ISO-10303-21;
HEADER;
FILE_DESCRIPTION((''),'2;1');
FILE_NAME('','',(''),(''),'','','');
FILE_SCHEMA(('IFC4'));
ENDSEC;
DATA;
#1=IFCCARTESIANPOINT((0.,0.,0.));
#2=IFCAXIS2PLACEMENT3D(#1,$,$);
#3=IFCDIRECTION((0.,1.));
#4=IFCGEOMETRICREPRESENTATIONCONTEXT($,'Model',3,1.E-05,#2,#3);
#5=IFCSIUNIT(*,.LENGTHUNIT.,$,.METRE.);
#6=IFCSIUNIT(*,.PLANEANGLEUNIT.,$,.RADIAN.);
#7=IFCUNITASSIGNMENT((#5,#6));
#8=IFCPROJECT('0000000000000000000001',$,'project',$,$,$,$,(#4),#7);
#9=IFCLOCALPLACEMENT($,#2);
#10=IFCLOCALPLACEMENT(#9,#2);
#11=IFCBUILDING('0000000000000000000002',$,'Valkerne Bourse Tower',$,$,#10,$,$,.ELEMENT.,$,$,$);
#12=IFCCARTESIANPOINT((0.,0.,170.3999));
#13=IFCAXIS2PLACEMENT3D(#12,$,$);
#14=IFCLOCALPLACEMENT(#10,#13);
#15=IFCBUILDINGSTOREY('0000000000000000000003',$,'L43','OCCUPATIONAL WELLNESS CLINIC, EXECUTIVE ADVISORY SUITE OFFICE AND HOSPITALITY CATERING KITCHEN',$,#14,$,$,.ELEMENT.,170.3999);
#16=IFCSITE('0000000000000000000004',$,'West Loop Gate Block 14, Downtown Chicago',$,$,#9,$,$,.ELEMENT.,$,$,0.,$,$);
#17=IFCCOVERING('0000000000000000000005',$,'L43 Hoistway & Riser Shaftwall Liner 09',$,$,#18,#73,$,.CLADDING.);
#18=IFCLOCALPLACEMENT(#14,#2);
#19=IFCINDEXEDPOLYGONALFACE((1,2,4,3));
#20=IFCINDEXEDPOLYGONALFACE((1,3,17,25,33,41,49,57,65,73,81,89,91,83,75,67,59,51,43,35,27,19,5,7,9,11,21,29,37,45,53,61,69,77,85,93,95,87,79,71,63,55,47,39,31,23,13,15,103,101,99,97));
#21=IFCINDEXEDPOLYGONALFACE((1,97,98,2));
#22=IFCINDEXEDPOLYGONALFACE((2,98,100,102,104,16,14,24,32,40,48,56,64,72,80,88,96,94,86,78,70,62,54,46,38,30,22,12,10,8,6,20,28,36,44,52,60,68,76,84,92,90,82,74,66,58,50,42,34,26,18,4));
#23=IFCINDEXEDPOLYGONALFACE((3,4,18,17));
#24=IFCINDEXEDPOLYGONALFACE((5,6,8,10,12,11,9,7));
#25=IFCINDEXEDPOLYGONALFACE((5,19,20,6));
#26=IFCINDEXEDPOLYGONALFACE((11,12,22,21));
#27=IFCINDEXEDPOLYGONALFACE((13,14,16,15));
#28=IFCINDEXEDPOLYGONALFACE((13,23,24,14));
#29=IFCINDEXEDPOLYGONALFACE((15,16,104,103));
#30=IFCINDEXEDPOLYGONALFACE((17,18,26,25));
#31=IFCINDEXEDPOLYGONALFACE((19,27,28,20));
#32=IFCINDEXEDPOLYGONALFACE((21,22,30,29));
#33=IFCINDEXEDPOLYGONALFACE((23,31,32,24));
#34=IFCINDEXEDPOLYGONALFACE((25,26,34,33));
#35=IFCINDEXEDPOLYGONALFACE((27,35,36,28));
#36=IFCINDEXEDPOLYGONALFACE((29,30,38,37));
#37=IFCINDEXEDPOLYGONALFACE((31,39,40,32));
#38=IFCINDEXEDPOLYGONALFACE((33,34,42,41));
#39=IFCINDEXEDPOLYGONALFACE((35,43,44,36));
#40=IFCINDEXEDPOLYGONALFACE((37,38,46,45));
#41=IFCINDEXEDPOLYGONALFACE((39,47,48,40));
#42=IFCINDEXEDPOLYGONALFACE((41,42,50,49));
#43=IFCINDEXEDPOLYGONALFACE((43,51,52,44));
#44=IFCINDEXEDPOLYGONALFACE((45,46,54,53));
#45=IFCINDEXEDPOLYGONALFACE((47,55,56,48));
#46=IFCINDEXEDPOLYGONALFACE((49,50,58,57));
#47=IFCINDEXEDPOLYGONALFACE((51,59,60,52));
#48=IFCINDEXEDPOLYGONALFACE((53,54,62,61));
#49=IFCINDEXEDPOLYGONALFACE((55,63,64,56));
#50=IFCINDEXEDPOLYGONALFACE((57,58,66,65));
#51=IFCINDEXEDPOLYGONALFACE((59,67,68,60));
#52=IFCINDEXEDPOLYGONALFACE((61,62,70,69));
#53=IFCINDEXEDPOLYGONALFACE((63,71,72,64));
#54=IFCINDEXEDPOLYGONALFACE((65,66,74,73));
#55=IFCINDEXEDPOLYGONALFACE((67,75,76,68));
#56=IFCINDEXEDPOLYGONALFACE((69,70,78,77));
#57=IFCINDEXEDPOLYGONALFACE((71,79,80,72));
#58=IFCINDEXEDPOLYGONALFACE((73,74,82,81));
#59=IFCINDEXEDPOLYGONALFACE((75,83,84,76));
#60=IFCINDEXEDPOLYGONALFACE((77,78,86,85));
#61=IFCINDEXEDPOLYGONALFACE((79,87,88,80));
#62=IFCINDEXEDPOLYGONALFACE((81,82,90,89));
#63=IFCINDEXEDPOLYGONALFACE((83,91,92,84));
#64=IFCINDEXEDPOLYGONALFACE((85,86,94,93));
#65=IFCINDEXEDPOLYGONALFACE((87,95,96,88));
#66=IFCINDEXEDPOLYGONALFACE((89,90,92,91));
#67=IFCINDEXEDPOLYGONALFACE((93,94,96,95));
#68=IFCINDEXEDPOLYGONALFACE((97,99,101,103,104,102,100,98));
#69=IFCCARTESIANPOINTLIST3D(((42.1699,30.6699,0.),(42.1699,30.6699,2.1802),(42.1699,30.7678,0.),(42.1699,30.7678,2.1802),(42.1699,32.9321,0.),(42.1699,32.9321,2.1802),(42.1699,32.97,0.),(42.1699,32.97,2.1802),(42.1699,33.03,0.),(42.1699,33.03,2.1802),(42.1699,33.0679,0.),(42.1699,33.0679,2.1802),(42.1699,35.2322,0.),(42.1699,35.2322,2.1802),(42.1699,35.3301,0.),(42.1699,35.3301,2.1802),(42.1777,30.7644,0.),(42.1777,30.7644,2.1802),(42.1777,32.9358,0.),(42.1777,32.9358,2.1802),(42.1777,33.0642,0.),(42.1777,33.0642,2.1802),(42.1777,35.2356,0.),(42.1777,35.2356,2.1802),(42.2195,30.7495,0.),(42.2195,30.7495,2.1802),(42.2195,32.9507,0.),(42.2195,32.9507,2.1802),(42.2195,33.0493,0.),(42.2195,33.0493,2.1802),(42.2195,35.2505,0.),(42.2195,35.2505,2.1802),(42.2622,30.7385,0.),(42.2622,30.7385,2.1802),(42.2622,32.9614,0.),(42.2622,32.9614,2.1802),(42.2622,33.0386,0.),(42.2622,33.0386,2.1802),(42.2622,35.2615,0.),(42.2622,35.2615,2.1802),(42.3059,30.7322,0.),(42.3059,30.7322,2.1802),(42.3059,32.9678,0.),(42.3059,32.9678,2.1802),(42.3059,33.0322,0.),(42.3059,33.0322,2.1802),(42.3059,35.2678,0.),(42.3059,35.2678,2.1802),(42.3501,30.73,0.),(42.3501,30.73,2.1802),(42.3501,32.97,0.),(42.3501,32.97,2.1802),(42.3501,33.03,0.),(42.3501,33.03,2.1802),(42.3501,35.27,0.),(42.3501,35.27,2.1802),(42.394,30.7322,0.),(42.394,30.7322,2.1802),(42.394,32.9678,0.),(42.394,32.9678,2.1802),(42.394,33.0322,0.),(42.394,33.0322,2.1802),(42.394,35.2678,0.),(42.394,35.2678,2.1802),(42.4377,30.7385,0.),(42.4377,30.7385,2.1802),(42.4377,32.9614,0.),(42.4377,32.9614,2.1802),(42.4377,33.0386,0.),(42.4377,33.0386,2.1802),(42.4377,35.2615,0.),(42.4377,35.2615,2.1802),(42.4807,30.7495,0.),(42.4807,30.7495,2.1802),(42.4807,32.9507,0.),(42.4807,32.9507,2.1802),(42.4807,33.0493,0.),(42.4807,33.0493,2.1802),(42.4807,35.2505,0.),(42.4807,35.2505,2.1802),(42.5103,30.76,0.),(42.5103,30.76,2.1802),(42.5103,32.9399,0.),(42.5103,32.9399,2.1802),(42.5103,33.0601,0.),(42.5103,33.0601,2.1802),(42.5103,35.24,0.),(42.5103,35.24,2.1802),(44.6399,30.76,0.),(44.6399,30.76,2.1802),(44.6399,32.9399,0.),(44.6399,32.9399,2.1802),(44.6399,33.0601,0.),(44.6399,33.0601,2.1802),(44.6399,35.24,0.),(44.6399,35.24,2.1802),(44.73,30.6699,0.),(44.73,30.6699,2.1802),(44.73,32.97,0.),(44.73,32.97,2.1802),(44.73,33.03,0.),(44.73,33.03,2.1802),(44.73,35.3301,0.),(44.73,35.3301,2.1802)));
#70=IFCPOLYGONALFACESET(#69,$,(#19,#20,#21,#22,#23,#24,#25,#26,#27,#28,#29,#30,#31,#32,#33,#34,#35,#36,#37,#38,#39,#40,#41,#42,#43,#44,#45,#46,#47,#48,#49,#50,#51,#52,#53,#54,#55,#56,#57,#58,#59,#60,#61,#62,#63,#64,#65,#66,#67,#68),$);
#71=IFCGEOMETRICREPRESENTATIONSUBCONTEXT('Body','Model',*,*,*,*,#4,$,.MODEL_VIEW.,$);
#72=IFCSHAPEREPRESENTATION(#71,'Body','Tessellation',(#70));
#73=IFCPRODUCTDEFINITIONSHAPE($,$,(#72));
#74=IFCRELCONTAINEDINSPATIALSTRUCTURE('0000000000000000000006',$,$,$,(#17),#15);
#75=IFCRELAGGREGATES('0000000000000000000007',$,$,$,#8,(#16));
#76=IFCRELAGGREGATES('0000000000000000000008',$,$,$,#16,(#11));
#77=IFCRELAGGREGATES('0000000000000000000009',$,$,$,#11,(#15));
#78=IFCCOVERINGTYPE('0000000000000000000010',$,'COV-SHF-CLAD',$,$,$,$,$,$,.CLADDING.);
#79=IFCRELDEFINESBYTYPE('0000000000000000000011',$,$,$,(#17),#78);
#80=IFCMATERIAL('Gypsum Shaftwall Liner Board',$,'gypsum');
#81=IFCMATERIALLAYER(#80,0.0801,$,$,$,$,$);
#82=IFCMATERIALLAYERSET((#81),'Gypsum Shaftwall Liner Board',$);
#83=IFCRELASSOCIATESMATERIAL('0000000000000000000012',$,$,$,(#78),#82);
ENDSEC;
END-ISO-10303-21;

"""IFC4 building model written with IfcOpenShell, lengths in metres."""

from ifc_helpers import new_model, si_unit, direction, frame, origin, place, context, subcontext, project, spatial, polyline, outline, extrude, material, layer, layer_set, type_object, element, save


model = new_model("IFC4")

# Units and contexts
model_context = context("Model", 3, precision=1e-05, world=origin(), true_north=direction((0.0, 1.0)))
body_context = subcontext(model_context, "Body", "Model", "MODEL_VIEW")
ifc_project = project(units=[si_unit("LENGTHUNIT", "METRE"), si_unit("PLANEANGLEUNIT", "RADIAN")], contexts=[model_context])

# Site, building, storey
site_placement = place(None, origin())
site = spatial("IfcSite", under=ifc_project, at=site_placement, Name="West Loop Gate Block 14, Downtown Chicago", CompositionType="ELEMENT", RefElevation=0.0)
building_placement = place(site_placement, origin())
building = spatial("IfcBuilding", under=site, at=building_placement, Name="Valkerne Bourse Tower", CompositionType="ELEMENT")
storey_placement = place(building_placement, frame((0.0, 0.0, 170.3999)))
storey = spatial("IfcBuildingStorey", under=building, at=storey_placement, Name="L43", Description="OCCUPATIONAL WELLNESS CLINIC, EXECUTIVE ADVISORY SUITE OFFICE AND HOSPITALITY CATERING KITCHEN", CompositionType="ELEMENT", Elevation=170.3999)

# Covering
ifc_material_1 = material(Name="Gypsum Shaftwall Liner Board", Category="gypsum")
ifc_layer_1 = layer(ifc_material_1, 0.0801)
ifc_layer_set_1 = layer_set([ifc_layer_1], Name="Gypsum Shaftwall Liner Board")
covering_type_1 = type_object("IfcCoveringType", Name="COV-SHF-CLAD", PredefinedType="CLADDING", material=ifc_layer_set_1)
covering_1_placement = place(storey_placement, origin())
element("IfcCovering", 1, at=covering_1_placement, inside=storey, type_object=covering_type_1, Name="L43 Hoistway & Riser Shaftwall Liner 09", PredefinedType="CLADDING", context=body_context, shape_type="SweptSolid", body=[
    extrude(outline(polyline([(42.1699, 33.0679), (42.1777, 33.0642), (42.2195, 33.0493), (42.2622, 33.0386), (42.3059, 33.0322), (42.3501, 33.03), (42.394, 33.0322), (42.4377, 33.0386), (42.4807, 33.0493), (42.5103, 33.0601), (44.6399, 33.0601), (44.6399, 35.24), (42.5103, 35.24), (42.4807, 35.2505), (42.4377, 35.2615), (42.394, 35.2678), (42.3501, 35.27), (42.3059, 35.2678), (42.2622, 35.2615), (42.2195, 35.2505), (42.1777, 35.2356), (42.1699, 35.2322), (42.1699, 35.3301), (44.73, 35.3301), (44.73, 33.03), (44.73, 32.97), (44.73, 30.6699), (42.1699, 30.6699), (42.1699, 30.7678), (42.1777, 30.7644), (42.2195, 30.7495), (42.2622, 30.7385), (42.3059, 30.7322), (42.3501, 30.73), (42.394, 30.7322), (42.4377, 30.7385), (42.4807, 30.7495), (42.5103, 30.76), (44.6399, 30.76), (44.6399, 32.9399), (42.5103, 32.9399), (42.4807, 32.9507), (42.4377, 32.9614), (42.394, 32.9678), (42.3501, 32.97), (42.3059, 32.9678), (42.2622, 32.9614), (42.2195, 32.9507), (42.1777, 32.9358), (42.1699, 32.9321), (42.1699, 32.97), (42.1699, 33.03), (42.1699, 33.0679)])), origin(), (0.0, 0.0, 1.0), 2.1802),
])

save(model, "model.ifc")
